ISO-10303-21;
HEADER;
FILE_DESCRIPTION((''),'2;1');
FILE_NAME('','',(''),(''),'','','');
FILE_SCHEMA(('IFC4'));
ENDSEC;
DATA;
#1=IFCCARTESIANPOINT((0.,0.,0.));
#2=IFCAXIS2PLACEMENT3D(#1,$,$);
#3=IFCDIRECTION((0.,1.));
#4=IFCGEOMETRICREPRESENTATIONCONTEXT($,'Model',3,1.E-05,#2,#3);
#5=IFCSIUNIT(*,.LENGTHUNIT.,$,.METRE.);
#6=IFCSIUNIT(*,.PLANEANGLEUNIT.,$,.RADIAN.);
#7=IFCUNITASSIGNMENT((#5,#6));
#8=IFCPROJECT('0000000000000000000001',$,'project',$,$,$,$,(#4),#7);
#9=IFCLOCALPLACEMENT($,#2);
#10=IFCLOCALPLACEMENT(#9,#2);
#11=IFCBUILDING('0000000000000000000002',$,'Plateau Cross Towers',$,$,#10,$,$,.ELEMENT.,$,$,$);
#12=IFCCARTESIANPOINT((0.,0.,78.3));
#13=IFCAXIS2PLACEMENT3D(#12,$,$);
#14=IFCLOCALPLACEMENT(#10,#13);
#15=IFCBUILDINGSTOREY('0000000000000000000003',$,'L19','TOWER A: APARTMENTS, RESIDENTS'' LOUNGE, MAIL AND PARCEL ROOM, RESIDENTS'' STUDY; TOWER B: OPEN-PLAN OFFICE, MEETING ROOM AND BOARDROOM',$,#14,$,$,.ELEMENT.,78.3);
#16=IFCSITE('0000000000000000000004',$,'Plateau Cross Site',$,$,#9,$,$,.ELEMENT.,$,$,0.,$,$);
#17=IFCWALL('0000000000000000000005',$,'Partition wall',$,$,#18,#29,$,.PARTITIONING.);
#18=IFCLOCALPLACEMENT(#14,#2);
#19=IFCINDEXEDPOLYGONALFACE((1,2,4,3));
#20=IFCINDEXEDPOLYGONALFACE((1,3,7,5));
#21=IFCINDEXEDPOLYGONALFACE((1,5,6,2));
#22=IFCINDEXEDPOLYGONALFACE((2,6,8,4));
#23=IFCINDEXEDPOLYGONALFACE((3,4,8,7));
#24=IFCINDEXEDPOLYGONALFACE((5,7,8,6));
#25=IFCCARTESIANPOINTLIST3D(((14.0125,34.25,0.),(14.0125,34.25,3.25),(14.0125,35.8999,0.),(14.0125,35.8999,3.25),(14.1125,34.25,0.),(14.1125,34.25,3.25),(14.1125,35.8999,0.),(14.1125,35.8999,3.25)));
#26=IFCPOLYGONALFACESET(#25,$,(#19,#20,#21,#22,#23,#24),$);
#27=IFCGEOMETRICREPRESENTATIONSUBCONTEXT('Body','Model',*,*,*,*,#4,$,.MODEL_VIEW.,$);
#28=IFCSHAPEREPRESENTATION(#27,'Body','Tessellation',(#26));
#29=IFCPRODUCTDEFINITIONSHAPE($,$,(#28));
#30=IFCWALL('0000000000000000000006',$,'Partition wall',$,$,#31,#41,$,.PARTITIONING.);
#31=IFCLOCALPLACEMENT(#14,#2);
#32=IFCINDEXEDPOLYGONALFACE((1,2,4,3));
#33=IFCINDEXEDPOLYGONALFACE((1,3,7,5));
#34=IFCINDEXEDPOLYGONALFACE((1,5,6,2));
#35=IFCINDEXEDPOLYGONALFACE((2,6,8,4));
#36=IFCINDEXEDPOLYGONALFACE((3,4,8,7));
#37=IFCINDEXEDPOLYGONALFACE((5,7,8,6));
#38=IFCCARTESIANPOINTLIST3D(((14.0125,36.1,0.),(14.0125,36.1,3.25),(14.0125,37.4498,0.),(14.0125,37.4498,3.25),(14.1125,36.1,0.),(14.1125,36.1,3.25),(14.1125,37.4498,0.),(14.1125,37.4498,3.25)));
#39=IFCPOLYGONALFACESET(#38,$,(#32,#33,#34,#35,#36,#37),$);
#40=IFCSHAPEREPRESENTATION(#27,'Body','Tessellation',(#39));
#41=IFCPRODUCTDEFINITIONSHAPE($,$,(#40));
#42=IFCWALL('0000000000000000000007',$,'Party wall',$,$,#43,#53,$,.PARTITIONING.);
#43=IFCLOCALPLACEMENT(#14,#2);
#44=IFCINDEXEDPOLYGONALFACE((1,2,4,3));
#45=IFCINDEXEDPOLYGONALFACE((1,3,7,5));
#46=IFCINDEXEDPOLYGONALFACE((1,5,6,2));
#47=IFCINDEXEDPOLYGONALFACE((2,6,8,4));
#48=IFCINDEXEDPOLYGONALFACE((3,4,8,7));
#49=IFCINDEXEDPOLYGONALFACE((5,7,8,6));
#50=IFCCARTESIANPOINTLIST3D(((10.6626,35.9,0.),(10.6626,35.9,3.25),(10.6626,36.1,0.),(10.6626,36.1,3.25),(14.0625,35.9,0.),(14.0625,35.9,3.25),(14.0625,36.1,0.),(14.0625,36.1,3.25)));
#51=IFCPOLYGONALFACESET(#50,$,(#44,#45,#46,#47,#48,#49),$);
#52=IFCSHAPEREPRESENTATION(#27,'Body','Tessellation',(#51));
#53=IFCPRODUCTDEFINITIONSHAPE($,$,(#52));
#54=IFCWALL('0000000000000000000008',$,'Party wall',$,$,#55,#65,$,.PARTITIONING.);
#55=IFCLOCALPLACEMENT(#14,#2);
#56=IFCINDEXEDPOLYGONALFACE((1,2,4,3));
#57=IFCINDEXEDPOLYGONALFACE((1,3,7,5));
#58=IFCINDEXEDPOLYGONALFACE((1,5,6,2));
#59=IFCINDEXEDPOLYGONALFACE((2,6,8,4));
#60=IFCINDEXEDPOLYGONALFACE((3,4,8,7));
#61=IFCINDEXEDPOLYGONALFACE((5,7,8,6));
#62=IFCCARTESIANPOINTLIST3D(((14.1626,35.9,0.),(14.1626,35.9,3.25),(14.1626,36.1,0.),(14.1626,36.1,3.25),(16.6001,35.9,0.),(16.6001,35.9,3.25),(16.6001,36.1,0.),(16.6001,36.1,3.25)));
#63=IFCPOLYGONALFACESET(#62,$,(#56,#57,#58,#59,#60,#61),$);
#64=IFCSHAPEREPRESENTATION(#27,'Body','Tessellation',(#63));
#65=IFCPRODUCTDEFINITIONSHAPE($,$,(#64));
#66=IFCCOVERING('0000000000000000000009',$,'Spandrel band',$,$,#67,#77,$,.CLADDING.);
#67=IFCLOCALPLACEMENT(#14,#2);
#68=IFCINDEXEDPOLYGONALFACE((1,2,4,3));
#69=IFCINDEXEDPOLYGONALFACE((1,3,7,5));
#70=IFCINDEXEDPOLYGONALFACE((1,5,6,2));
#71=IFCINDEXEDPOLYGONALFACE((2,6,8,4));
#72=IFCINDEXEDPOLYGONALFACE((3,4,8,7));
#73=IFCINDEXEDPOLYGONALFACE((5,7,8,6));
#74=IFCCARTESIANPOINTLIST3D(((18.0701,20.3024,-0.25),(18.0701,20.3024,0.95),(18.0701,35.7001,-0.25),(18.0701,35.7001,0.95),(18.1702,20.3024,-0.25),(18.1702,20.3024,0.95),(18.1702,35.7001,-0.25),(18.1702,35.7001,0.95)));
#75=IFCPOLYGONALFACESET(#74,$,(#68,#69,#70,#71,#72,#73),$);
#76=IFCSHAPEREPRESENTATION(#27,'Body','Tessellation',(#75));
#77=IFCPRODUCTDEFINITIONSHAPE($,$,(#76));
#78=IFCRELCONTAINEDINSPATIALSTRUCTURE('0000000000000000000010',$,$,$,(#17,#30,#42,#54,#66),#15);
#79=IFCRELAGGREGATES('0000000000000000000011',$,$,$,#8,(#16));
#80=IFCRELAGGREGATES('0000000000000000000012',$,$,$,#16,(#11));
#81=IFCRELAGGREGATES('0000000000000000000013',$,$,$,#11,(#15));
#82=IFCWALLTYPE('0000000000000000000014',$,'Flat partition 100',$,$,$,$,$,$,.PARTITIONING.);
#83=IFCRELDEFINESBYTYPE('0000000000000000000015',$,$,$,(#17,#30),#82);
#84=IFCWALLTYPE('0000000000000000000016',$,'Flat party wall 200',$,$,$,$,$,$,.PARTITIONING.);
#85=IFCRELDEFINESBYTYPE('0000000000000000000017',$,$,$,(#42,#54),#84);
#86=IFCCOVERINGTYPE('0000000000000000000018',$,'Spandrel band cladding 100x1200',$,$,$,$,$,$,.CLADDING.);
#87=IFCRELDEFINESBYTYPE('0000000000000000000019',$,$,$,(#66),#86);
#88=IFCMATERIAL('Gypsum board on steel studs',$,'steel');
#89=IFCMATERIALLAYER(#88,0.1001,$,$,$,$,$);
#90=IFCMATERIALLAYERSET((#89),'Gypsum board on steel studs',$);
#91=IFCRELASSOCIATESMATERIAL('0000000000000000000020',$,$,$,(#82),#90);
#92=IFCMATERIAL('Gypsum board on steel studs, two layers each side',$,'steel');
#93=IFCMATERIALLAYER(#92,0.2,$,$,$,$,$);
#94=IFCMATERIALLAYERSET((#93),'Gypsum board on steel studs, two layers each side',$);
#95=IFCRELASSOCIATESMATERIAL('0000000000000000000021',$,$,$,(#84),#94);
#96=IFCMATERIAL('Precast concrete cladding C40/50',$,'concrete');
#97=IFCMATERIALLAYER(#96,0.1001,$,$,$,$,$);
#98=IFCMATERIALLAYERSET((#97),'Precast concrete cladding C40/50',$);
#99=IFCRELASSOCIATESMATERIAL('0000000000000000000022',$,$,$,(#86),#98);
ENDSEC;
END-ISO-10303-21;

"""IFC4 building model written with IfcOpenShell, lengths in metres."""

from ifc_helpers import new_model, si_unit, direction, frame, frame_2d, origin, origin_2d, place, context, subcontext, project, spatial, rectangle, extrude, material, layer, layer_set, type_object, element, save


model = new_model("IFC4")

# Units and contexts
model_context = context("Model", 3, precision=1e-05, world=origin(), true_north=direction((0.0, 1.0)))
body_context = subcontext(model_context, "Body", "Model", "MODEL_VIEW")
ifc_project = project(units=[si_unit("LENGTHUNIT", "METRE"), si_unit("PLANEANGLEUNIT", "RADIAN")], contexts=[model_context])

# Site, building, storey
site_placement = place(None, origin())
site = spatial("IfcSite", under=ifc_project, at=site_placement, Name="Plateau Cross Site", CompositionType="ELEMENT", RefElevation=0.0)
building_placement = place(site_placement, origin())
building = spatial("IfcBuilding", under=site, at=building_placement, Name="Plateau Cross Towers", CompositionType="ELEMENT")
storey_placement = place(building_placement, frame((0.0, 0.0, 78.3)))
storey = spatial("IfcBuildingStorey", under=building, at=storey_placement, Name="L19", Description="TOWER A: APARTMENTS, RESIDENTS' LOUNGE, MAIL AND PARCEL ROOM, RESIDENTS' STUDY; TOWER B: OPEN-PLAN OFFICE, MEETING ROOM AND BOARDROOM", CompositionType="ELEMENT", Elevation=78.3)

# Shared definitions
ifc_material_1 = material(Name="Gypsum board on steel studs", Category="steel")
ifc_layer_1 = layer(ifc_material_1, 0.1001)
ifc_layer_set_1 = layer_set([ifc_layer_1], Name="Gypsum board on steel studs")
wall_type_1 = type_object("IfcWallType", Name="Flat partition 100", PredefinedType="PARTITIONING", material=ifc_layer_set_1)

# Walls
wall_1_placement = place(storey_placement, frame((14.0625, 34.25, 0.0), z_axis=(0.0, 0.0, 1.0), x_axis=(0.0, 1.0, 0.0)))
element("IfcWall", 1, at=wall_1_placement, inside=storey, type_object=wall_type_1, Name="Partition wall", PredefinedType="PARTITIONING", context=body_context, shape_type="SweptSolid", body=[
    extrude(rectangle(XDim=1.6499, YDim=0.1001, at=frame_2d((0.825, 0.0))), origin(), (0.0, 0.0, 1.0), 3.25),
])
wall_2_placement = place(storey_placement, frame((14.0625, 36.1001, 0.0), z_axis=(0.0, 0.0, 1.0), x_axis=(0.0, 1.0, 0.0)))
element("IfcWall", 2, at=wall_2_placement, inside=storey, type_object=wall_type_1, Name="Partition wall", PredefinedType="PARTITIONING", context=body_context, shape_type="SweptSolid", body=[
    extrude(rectangle(XDim=1.3499, YDim=0.1001, at=frame_2d((0.6748, 0.0))), origin(), (0.0, 0.0, 1.0), 3.25),
])
ifc_material_2 = material(Name="Gypsum board on steel studs, two layers each side", Category="steel")
ifc_layer_2 = layer(ifc_material_2, 0.2)
ifc_layer_set_2 = layer_set([ifc_layer_2], Name="Gypsum board on steel studs, two layers each side")
wall_type_2 = type_object("IfcWallType", Name="Flat party wall 200", PredefinedType="PARTITIONING", material=ifc_layer_set_2)
wall_3_placement = place(storey_placement, frame((14.0625, 36.0, 0.0), z_axis=(0.0, 0.0, 1.0), x_axis=(-1.0, 0.0, 0.0)))
element("IfcWall", 3, at=wall_3_placement, inside=storey, type_object=wall_type_2, Name="Party wall", PredefinedType="PARTITIONING", context=body_context, shape_type="SweptSolid", body=[
    extrude(rectangle(XDim=3.3999, YDim=0.2, at=frame_2d((1.7, 0.0))), origin(), (0.0, 0.0, 1.0), 3.25),
])
wall_4_placement = place(storey_placement, frame((14.1626, 36.0, 0.0), z_axis=(0.0, 0.0, 1.0), x_axis=(1.0, 0.0, 0.0)))
element("IfcWall", 4, at=wall_4_placement, inside=storey, type_object=wall_type_2, Name="Party wall", PredefinedType="PARTITIONING", context=body_context, shape_type="SweptSolid", body=[
    extrude(rectangle(XDim=2.4375, YDim=0.2, at=frame_2d((1.2188, 0.0))), origin(), (0.0, 0.0, 1.0), 3.25),
])

# Covering
ifc_material_3 = material(Name="Precast concrete cladding C40/50", Category="concrete")
ifc_layer_3 = layer(ifc_material_3, 0.1001)
ifc_layer_set_3 = layer_set([ifc_layer_3], Name="Precast concrete cladding C40/50")
covering_type = type_object("IfcCoveringType", Name="Spandrel band cladding 100x1200", PredefinedType="CLADDING", material=ifc_layer_set_3)
covering_placement = place(storey_placement, frame((18.1201, 28.0012, -0.25), z_axis=(0.0, 0.0, 1.0), x_axis=(0.0, 1.0, 0.0)))
element("IfcCovering", 5, at=covering_placement, inside=storey, type_object=covering_type, Name="Spandrel band", PredefinedType="CLADDING", context=body_context, shape_type="SweptSolid", body=[
    extrude(rectangle(XDim=15.3977, YDim=0.1001, at=origin_2d()), origin(), (0.0, 0.0, 1.0), 1.2),
])

save(model, "model.ifc")
